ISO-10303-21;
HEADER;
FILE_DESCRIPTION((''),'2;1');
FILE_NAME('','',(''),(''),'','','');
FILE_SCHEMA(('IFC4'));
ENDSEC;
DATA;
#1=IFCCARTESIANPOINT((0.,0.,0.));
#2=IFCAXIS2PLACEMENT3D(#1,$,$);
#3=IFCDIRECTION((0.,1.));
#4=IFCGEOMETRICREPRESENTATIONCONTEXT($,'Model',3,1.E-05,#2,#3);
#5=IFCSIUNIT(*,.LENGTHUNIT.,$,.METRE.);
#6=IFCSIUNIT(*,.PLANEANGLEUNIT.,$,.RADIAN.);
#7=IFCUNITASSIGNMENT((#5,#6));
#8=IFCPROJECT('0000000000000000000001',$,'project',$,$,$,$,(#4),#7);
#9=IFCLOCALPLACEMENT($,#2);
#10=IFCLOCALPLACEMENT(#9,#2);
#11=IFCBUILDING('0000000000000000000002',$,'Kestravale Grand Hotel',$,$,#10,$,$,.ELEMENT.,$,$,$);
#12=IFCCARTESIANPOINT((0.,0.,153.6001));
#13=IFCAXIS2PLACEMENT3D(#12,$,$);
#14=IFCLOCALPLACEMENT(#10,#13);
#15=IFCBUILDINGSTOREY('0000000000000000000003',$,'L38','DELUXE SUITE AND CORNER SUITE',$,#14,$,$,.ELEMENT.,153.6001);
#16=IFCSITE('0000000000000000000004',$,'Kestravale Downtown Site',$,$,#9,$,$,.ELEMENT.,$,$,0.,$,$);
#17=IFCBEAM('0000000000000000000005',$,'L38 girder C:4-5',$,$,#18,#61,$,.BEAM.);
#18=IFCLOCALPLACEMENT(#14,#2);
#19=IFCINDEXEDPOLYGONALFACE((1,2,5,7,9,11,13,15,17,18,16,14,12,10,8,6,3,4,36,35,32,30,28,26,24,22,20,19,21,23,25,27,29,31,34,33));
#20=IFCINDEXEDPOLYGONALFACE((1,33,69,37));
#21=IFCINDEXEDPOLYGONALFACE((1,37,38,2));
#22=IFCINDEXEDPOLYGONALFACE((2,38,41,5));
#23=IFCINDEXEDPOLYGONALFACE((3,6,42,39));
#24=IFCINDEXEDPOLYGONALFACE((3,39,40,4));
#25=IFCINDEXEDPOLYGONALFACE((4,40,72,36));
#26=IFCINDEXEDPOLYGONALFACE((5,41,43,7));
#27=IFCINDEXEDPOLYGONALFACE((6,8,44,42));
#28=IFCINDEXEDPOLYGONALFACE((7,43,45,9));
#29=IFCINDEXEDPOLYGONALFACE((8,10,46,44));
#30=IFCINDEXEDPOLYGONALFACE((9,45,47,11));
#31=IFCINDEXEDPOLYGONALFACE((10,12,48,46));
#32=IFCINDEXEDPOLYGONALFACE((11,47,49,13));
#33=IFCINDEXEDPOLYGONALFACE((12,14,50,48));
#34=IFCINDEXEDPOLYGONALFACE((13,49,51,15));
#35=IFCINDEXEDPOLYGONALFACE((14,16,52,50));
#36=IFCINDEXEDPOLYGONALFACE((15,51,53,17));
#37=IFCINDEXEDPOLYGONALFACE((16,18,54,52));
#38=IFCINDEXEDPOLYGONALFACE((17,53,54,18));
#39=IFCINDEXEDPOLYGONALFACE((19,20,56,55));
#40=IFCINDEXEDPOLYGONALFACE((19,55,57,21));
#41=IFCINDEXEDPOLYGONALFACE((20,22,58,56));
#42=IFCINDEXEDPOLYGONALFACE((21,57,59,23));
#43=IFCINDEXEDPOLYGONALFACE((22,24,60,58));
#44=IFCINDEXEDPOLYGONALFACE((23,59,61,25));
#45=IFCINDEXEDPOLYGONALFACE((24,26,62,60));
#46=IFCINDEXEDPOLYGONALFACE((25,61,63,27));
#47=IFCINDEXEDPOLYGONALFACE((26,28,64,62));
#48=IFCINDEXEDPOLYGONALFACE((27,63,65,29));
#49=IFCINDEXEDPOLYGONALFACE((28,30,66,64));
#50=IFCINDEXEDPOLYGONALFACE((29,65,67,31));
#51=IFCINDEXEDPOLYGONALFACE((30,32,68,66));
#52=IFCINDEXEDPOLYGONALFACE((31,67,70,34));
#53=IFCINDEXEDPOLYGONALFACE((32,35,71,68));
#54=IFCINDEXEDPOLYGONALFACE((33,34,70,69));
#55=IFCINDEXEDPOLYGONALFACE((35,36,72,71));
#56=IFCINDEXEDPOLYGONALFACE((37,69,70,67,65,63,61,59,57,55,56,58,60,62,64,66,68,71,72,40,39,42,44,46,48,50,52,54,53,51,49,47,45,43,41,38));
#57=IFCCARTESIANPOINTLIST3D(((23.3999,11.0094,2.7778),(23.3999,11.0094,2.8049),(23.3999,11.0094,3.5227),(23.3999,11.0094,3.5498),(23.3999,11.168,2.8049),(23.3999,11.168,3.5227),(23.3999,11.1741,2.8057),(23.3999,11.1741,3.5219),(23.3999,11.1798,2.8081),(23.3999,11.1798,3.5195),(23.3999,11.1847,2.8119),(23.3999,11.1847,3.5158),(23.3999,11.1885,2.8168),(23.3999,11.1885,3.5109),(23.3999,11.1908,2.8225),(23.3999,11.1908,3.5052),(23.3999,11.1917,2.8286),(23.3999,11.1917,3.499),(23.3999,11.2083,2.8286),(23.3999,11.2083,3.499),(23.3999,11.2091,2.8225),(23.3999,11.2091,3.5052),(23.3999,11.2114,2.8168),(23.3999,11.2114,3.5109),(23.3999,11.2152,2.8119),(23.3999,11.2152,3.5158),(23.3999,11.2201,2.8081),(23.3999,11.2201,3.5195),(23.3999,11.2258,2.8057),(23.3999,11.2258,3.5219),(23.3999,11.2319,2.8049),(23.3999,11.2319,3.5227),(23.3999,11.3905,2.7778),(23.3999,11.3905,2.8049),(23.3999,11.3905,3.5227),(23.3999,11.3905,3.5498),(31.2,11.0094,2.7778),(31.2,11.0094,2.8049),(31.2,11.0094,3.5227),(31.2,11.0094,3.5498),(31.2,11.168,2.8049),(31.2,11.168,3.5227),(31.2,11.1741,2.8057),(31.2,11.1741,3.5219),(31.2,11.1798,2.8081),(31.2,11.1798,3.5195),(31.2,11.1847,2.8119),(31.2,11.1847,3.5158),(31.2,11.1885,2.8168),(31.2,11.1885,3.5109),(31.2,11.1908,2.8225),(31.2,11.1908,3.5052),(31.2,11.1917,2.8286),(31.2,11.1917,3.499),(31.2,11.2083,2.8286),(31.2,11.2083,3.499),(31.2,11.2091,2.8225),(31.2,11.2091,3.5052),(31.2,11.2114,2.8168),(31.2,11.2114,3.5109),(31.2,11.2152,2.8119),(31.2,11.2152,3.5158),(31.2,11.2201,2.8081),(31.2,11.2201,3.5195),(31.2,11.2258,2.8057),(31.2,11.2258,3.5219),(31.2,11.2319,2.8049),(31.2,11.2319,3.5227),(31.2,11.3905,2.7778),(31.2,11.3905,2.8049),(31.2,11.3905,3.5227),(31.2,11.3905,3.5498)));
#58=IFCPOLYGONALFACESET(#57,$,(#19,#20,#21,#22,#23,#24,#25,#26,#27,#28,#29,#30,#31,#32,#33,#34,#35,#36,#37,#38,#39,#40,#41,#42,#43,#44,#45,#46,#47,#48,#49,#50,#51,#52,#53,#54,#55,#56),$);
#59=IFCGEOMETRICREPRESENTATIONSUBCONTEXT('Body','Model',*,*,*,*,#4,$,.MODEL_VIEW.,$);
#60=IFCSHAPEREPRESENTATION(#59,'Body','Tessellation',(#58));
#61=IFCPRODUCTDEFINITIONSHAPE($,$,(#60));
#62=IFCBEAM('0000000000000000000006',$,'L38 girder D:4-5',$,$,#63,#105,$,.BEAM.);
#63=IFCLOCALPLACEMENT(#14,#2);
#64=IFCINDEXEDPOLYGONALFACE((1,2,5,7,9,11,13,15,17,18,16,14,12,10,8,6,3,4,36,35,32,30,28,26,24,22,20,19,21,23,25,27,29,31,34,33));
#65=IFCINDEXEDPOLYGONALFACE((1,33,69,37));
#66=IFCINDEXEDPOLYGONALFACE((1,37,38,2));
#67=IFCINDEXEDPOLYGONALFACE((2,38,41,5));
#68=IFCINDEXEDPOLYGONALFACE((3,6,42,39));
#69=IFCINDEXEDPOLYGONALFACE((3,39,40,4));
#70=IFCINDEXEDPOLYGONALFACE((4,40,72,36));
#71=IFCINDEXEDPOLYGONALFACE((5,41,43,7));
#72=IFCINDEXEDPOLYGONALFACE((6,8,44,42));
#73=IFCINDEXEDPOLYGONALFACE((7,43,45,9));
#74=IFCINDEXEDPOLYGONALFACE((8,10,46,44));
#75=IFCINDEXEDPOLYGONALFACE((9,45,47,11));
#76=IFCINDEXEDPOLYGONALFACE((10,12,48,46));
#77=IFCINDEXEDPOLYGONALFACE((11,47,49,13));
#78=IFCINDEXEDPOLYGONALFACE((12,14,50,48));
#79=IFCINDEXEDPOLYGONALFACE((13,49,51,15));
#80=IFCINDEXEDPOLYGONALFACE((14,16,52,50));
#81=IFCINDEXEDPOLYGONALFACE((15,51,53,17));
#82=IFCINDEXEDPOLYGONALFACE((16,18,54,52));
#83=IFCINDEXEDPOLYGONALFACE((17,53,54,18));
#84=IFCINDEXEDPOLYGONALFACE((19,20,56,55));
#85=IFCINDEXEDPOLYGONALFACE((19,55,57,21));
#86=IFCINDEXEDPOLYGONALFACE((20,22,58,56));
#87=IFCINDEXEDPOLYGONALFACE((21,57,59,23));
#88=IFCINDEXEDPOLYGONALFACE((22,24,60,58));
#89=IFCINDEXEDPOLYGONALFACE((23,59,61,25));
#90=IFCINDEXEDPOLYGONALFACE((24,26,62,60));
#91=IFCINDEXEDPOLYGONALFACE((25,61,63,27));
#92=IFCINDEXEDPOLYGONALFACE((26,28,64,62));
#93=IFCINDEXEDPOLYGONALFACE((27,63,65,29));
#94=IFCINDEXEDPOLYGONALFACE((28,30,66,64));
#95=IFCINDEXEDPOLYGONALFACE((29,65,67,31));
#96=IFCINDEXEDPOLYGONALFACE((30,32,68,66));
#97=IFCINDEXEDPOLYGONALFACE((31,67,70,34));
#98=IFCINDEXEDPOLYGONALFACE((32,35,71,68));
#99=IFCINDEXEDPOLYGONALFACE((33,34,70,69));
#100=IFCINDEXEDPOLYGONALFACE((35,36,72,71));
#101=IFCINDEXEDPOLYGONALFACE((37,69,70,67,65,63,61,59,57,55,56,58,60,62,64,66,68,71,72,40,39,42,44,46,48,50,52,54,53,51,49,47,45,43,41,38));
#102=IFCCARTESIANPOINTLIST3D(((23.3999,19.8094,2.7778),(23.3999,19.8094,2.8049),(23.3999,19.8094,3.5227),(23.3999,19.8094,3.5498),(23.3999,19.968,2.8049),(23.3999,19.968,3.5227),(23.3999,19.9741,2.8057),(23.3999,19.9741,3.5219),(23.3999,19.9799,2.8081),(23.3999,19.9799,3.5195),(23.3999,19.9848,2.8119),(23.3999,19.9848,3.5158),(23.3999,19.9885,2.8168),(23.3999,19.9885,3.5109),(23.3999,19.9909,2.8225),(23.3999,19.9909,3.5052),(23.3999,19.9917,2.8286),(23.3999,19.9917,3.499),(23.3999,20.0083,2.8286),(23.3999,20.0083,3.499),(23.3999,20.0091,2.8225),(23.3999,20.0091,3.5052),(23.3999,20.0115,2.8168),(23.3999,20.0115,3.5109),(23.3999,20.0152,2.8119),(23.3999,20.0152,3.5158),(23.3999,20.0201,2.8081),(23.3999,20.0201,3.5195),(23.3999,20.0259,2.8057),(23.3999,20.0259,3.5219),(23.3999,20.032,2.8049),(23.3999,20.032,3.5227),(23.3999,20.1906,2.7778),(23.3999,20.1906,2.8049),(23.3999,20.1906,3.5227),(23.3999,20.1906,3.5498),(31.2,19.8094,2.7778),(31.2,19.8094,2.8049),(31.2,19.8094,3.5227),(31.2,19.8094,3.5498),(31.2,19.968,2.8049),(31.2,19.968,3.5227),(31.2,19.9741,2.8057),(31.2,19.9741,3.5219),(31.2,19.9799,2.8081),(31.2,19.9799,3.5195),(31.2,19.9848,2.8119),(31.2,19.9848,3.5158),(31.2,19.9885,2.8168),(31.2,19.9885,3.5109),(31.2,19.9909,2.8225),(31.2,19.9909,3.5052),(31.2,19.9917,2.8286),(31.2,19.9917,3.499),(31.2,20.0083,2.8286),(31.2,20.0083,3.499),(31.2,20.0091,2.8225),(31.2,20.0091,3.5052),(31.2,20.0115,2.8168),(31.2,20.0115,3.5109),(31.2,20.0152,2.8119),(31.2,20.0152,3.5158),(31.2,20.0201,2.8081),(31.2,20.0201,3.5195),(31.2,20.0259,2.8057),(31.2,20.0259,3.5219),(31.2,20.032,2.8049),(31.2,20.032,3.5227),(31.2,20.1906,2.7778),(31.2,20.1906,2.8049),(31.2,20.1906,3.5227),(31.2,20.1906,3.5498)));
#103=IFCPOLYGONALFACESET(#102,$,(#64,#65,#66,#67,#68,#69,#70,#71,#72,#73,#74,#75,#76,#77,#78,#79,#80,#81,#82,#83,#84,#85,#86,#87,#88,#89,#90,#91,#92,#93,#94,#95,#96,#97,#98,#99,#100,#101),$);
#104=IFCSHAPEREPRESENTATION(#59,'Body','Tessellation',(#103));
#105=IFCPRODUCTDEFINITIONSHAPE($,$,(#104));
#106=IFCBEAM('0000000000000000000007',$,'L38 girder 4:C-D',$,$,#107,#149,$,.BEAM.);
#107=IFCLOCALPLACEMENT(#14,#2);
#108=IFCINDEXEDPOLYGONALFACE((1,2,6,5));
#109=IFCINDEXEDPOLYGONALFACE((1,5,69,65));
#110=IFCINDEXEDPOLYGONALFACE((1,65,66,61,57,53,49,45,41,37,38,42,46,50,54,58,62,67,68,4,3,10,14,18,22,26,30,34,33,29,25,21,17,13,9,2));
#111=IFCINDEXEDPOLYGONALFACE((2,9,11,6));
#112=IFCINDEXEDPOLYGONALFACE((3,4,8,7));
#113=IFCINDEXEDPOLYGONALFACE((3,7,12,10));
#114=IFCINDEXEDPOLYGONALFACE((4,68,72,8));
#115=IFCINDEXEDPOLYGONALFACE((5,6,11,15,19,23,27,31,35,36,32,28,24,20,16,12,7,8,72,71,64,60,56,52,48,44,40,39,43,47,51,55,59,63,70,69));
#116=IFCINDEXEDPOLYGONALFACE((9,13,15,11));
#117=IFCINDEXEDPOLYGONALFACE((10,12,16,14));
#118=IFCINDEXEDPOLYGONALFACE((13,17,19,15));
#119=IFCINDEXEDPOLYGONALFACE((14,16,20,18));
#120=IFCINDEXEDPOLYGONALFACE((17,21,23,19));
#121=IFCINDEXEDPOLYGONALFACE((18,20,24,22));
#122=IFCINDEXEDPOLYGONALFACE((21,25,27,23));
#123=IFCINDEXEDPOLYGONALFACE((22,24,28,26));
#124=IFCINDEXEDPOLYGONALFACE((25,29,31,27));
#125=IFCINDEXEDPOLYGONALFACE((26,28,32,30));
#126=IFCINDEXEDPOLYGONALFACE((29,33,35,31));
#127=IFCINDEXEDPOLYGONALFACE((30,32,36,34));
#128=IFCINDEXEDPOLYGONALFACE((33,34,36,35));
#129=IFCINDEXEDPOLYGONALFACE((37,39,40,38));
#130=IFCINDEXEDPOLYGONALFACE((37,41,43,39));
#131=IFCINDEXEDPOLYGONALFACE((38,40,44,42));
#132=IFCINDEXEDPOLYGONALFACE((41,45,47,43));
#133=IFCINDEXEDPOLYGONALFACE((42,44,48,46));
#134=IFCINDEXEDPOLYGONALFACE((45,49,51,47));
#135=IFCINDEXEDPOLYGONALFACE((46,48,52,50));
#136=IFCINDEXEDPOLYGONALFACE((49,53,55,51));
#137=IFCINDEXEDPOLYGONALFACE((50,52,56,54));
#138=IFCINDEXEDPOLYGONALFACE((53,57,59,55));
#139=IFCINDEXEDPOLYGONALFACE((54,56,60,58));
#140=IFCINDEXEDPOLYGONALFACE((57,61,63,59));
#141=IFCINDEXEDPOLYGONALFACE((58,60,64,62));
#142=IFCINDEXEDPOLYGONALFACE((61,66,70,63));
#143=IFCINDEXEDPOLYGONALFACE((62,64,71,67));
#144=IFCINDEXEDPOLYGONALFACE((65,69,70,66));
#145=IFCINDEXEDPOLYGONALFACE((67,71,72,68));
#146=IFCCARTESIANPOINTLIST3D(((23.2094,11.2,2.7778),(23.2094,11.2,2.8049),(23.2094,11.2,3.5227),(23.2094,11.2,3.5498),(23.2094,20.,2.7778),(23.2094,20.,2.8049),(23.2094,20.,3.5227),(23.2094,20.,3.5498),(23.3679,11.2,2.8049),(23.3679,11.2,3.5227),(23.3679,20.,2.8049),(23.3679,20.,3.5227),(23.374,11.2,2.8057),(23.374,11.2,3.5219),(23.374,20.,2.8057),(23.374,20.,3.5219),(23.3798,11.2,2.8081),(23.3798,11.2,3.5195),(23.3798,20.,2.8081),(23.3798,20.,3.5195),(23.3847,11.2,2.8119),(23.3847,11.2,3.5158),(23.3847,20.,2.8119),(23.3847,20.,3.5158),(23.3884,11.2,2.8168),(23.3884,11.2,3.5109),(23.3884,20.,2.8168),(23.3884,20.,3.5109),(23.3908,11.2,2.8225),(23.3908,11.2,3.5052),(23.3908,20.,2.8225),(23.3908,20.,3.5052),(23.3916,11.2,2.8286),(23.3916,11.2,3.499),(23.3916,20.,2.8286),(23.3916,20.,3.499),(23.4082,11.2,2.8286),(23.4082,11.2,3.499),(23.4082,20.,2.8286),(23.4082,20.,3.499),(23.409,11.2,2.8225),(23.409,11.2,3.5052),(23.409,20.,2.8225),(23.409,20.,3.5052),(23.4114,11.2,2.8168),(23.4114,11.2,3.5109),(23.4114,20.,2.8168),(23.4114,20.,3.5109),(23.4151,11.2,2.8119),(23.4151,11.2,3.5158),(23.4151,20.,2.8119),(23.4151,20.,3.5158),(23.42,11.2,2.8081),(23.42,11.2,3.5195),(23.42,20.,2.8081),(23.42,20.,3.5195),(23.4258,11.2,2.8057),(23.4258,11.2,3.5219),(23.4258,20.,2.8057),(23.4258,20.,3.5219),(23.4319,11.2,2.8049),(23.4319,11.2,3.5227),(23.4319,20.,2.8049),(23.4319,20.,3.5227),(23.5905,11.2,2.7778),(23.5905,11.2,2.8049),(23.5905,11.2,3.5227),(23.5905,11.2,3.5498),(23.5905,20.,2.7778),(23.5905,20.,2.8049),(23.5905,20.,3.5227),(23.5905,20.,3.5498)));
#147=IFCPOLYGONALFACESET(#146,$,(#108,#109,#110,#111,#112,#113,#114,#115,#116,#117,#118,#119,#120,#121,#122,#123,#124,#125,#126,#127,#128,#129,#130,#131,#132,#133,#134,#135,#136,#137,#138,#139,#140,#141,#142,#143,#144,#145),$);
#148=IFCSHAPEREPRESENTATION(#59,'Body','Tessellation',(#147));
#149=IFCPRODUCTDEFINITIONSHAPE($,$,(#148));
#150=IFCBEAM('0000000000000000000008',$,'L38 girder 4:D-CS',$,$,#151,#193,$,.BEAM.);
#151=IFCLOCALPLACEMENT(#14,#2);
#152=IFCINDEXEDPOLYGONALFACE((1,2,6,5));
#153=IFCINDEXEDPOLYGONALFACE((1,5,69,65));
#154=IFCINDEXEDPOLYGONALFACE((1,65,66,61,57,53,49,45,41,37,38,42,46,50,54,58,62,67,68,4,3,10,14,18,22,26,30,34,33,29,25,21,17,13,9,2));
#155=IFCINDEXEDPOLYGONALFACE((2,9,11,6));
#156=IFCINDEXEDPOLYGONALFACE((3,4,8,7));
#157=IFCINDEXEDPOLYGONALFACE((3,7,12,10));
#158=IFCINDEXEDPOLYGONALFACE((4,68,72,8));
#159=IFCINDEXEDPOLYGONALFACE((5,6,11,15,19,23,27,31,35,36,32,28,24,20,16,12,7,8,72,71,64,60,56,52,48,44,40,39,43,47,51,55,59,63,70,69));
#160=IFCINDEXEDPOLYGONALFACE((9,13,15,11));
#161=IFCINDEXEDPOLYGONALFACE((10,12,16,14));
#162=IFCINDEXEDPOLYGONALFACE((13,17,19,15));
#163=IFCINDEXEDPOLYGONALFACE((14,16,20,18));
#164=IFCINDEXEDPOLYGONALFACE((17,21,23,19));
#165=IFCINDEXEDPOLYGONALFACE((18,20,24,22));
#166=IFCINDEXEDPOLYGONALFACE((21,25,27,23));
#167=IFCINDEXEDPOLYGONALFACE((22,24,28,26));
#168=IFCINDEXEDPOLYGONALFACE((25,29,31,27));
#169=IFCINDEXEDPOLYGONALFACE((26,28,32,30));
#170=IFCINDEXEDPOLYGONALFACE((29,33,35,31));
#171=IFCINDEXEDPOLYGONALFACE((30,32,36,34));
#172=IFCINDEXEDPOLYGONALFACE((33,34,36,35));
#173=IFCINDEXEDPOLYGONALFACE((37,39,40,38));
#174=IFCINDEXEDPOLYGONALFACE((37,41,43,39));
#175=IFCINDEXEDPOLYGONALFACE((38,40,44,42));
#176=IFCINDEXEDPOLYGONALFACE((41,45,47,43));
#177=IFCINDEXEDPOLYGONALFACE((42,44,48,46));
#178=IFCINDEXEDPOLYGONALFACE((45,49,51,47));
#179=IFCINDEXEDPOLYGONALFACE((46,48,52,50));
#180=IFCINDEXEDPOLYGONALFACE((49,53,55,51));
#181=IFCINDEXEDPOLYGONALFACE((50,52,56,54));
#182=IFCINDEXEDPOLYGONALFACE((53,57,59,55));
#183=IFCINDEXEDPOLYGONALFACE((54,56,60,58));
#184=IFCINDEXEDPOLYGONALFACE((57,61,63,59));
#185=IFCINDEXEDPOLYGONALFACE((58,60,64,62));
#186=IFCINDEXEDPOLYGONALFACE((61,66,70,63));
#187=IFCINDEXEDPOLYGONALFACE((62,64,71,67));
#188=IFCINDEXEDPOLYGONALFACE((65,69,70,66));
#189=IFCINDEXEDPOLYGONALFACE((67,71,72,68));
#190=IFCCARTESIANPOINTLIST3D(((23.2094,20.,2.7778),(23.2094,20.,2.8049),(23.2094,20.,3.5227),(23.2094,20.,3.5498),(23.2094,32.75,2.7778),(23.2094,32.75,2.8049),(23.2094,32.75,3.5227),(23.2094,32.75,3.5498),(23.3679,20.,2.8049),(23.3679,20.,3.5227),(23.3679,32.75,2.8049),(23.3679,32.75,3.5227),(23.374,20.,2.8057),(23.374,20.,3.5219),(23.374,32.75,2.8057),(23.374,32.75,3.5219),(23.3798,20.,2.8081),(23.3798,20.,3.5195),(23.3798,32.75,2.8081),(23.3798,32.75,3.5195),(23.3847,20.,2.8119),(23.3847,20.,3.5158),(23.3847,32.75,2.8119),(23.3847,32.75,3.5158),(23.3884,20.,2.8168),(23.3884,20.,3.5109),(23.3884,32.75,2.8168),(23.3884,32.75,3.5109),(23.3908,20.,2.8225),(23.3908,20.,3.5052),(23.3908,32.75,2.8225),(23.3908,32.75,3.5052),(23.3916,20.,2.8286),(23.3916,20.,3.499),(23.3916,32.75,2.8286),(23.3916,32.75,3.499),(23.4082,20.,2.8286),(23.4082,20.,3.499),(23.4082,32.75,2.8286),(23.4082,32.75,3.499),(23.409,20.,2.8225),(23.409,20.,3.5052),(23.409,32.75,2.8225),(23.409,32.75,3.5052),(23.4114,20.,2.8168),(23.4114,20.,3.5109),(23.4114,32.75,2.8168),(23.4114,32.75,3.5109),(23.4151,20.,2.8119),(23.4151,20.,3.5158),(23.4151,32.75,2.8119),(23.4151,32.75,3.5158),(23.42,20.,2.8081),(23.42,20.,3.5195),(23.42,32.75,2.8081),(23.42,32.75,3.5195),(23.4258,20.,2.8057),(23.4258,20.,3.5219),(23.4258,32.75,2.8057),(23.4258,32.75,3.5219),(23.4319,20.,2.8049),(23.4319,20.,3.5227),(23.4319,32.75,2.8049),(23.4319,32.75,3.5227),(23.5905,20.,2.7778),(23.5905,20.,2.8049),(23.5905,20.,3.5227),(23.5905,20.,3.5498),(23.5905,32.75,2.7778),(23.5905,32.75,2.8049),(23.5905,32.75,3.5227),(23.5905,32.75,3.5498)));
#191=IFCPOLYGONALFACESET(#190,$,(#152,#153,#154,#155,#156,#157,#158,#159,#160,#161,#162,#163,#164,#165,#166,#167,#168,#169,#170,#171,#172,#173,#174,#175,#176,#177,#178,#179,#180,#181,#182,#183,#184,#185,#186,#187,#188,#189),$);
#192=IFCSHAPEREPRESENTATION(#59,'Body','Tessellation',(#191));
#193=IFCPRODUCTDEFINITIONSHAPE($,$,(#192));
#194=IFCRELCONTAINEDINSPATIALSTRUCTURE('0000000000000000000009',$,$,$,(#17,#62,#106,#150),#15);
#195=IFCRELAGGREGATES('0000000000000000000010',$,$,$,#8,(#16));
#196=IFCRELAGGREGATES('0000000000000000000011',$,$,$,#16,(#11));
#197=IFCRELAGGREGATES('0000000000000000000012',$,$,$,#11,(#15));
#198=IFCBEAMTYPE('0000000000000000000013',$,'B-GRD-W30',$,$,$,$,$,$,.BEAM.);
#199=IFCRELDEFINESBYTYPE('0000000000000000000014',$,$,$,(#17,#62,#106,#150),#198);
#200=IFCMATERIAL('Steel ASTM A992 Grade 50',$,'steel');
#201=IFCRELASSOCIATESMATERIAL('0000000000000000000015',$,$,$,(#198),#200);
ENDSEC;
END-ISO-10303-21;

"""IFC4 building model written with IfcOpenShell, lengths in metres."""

from ifc_helpers import new_model, si_unit, direction, frame, origin, origin_2d, place, context, subcontext, project, spatial, i_section, extrude, material, material_profile, profile_set, type_object, element, save


model = new_model("IFC4")

# Units and contexts
model_context = context("Model", 3, precision=1e-05, world=origin(), true_north=direction((0.0, 1.0)))
body_context = subcontext(model_context, "Body", "Model", "MODEL_VIEW")
ifc_project = project(units=[si_unit("LENGTHUNIT", "METRE"), si_unit("PLANEANGLEUNIT", "RADIAN")], contexts=[model_context])

# Site, building, storey
site_placement = place(None, origin())
site = spatial("IfcSite", under=ifc_project, at=site_placement, Name="Kestravale Downtown Site", CompositionType="ELEMENT", RefElevation=0.0)
building_placement = place(site_placement, origin())
building = spatial("IfcBuilding", under=site, at=building_placement, Name="Kestravale Grand Hotel", CompositionType="ELEMENT")
storey_placement = place(building_placement, frame((0.0, 0.0, 153.6001)))
storey = spatial("IfcBuildingStorey", under=building, at=storey_placement, Name="L38", Description="DELUXE SUITE AND CORNER SUITE", CompositionType="ELEMENT", Elevation=153.6001)

# Beams
ifc_material_1 = material(Name="Steel ASTM A992 Grade 50", Category="steel")
ifc_material_profile_1 = material_profile(ifc_material_1, i_section(OverallWidth=0.3811, OverallDepth=0.772, WebThickness=0.0166, FlangeThickness=0.0271, FilletRadius=0.0237, at=origin_2d()))
ifc_profile_set_1 = profile_set([ifc_material_profile_1], Name="Steel ASTM A992 Grade 50")
beam_type_1 = type_object("IfcBeamType", Name="B-GRD-W30", PredefinedType="BEAM", material=ifc_profile_set_1)
for number, where, z_axis, x_axis, name in (
    (1, (23.3999, 11.2, 3.1638), (1.0, 0.0, 0.0), (0.0, 1.0, 0.0), "L38 girder C:4-5"),
    (2, (23.3999, 20.0, 3.1638), (1.0, 0.0, 0.0), (0.0, 1.0, 0.0), "L38 girder D:4-5"),
):
    element("IfcBeam", number, at=place(storey_placement, frame(where, z_axis=z_axis, x_axis=x_axis)), inside=storey, type_object=beam_type_1, Name=name, PredefinedType="BEAM", context=body_context, shape_type="SweptSolid", body=[
        extrude(i_section(OverallWidth=0.3811, OverallDepth=0.772, WebThickness=0.0166, FlangeThickness=0.0271, FilletRadius=0.0237, at=origin_2d()), origin(), (0.0, 0.0, 1.0), 7.8),
    ])
beam_1_placement = place(storey_placement, frame((23.3999, 11.2, 3.1638), z_axis=(0.0, 1.0, 0.0), x_axis=(-1.0, 0.0, 0.0)))
element("IfcBeam", 3, at=beam_1_placement, inside=storey, type_object=beam_type_1, Name="L38 girder 4:C-D", PredefinedType="BEAM", context=body_context, shape_type="SweptSolid", body=[
    extrude(i_section(OverallWidth=0.3811, OverallDepth=0.772, WebThickness=0.0166, FlangeThickness=0.0271, FilletRadius=0.0237, at=origin_2d()), origin(), (0.0, 0.0, 1.0), 8.8),
])
beam_2_placement = place(storey_placement, frame((23.3999, 20.0, 3.1638), z_axis=(0.0, 1.0, 0.0), x_axis=(-1.0, 0.0, 0.0)))
element("IfcBeam", 4, at=beam_2_placement, inside=storey, type_object=beam_type_1, Name="L38 girder 4:D-CS", PredefinedType="BEAM", context=body_context, shape_type="SweptSolid", body=[
    extrude(i_section(OverallWidth=0.3811, OverallDepth=0.772, WebThickness=0.0166, FlangeThickness=0.0271, FilletRadius=0.0237, at=origin_2d()), origin(), (0.0, 0.0, 1.0), 12.75),
])

save(model, "model.ifc")
